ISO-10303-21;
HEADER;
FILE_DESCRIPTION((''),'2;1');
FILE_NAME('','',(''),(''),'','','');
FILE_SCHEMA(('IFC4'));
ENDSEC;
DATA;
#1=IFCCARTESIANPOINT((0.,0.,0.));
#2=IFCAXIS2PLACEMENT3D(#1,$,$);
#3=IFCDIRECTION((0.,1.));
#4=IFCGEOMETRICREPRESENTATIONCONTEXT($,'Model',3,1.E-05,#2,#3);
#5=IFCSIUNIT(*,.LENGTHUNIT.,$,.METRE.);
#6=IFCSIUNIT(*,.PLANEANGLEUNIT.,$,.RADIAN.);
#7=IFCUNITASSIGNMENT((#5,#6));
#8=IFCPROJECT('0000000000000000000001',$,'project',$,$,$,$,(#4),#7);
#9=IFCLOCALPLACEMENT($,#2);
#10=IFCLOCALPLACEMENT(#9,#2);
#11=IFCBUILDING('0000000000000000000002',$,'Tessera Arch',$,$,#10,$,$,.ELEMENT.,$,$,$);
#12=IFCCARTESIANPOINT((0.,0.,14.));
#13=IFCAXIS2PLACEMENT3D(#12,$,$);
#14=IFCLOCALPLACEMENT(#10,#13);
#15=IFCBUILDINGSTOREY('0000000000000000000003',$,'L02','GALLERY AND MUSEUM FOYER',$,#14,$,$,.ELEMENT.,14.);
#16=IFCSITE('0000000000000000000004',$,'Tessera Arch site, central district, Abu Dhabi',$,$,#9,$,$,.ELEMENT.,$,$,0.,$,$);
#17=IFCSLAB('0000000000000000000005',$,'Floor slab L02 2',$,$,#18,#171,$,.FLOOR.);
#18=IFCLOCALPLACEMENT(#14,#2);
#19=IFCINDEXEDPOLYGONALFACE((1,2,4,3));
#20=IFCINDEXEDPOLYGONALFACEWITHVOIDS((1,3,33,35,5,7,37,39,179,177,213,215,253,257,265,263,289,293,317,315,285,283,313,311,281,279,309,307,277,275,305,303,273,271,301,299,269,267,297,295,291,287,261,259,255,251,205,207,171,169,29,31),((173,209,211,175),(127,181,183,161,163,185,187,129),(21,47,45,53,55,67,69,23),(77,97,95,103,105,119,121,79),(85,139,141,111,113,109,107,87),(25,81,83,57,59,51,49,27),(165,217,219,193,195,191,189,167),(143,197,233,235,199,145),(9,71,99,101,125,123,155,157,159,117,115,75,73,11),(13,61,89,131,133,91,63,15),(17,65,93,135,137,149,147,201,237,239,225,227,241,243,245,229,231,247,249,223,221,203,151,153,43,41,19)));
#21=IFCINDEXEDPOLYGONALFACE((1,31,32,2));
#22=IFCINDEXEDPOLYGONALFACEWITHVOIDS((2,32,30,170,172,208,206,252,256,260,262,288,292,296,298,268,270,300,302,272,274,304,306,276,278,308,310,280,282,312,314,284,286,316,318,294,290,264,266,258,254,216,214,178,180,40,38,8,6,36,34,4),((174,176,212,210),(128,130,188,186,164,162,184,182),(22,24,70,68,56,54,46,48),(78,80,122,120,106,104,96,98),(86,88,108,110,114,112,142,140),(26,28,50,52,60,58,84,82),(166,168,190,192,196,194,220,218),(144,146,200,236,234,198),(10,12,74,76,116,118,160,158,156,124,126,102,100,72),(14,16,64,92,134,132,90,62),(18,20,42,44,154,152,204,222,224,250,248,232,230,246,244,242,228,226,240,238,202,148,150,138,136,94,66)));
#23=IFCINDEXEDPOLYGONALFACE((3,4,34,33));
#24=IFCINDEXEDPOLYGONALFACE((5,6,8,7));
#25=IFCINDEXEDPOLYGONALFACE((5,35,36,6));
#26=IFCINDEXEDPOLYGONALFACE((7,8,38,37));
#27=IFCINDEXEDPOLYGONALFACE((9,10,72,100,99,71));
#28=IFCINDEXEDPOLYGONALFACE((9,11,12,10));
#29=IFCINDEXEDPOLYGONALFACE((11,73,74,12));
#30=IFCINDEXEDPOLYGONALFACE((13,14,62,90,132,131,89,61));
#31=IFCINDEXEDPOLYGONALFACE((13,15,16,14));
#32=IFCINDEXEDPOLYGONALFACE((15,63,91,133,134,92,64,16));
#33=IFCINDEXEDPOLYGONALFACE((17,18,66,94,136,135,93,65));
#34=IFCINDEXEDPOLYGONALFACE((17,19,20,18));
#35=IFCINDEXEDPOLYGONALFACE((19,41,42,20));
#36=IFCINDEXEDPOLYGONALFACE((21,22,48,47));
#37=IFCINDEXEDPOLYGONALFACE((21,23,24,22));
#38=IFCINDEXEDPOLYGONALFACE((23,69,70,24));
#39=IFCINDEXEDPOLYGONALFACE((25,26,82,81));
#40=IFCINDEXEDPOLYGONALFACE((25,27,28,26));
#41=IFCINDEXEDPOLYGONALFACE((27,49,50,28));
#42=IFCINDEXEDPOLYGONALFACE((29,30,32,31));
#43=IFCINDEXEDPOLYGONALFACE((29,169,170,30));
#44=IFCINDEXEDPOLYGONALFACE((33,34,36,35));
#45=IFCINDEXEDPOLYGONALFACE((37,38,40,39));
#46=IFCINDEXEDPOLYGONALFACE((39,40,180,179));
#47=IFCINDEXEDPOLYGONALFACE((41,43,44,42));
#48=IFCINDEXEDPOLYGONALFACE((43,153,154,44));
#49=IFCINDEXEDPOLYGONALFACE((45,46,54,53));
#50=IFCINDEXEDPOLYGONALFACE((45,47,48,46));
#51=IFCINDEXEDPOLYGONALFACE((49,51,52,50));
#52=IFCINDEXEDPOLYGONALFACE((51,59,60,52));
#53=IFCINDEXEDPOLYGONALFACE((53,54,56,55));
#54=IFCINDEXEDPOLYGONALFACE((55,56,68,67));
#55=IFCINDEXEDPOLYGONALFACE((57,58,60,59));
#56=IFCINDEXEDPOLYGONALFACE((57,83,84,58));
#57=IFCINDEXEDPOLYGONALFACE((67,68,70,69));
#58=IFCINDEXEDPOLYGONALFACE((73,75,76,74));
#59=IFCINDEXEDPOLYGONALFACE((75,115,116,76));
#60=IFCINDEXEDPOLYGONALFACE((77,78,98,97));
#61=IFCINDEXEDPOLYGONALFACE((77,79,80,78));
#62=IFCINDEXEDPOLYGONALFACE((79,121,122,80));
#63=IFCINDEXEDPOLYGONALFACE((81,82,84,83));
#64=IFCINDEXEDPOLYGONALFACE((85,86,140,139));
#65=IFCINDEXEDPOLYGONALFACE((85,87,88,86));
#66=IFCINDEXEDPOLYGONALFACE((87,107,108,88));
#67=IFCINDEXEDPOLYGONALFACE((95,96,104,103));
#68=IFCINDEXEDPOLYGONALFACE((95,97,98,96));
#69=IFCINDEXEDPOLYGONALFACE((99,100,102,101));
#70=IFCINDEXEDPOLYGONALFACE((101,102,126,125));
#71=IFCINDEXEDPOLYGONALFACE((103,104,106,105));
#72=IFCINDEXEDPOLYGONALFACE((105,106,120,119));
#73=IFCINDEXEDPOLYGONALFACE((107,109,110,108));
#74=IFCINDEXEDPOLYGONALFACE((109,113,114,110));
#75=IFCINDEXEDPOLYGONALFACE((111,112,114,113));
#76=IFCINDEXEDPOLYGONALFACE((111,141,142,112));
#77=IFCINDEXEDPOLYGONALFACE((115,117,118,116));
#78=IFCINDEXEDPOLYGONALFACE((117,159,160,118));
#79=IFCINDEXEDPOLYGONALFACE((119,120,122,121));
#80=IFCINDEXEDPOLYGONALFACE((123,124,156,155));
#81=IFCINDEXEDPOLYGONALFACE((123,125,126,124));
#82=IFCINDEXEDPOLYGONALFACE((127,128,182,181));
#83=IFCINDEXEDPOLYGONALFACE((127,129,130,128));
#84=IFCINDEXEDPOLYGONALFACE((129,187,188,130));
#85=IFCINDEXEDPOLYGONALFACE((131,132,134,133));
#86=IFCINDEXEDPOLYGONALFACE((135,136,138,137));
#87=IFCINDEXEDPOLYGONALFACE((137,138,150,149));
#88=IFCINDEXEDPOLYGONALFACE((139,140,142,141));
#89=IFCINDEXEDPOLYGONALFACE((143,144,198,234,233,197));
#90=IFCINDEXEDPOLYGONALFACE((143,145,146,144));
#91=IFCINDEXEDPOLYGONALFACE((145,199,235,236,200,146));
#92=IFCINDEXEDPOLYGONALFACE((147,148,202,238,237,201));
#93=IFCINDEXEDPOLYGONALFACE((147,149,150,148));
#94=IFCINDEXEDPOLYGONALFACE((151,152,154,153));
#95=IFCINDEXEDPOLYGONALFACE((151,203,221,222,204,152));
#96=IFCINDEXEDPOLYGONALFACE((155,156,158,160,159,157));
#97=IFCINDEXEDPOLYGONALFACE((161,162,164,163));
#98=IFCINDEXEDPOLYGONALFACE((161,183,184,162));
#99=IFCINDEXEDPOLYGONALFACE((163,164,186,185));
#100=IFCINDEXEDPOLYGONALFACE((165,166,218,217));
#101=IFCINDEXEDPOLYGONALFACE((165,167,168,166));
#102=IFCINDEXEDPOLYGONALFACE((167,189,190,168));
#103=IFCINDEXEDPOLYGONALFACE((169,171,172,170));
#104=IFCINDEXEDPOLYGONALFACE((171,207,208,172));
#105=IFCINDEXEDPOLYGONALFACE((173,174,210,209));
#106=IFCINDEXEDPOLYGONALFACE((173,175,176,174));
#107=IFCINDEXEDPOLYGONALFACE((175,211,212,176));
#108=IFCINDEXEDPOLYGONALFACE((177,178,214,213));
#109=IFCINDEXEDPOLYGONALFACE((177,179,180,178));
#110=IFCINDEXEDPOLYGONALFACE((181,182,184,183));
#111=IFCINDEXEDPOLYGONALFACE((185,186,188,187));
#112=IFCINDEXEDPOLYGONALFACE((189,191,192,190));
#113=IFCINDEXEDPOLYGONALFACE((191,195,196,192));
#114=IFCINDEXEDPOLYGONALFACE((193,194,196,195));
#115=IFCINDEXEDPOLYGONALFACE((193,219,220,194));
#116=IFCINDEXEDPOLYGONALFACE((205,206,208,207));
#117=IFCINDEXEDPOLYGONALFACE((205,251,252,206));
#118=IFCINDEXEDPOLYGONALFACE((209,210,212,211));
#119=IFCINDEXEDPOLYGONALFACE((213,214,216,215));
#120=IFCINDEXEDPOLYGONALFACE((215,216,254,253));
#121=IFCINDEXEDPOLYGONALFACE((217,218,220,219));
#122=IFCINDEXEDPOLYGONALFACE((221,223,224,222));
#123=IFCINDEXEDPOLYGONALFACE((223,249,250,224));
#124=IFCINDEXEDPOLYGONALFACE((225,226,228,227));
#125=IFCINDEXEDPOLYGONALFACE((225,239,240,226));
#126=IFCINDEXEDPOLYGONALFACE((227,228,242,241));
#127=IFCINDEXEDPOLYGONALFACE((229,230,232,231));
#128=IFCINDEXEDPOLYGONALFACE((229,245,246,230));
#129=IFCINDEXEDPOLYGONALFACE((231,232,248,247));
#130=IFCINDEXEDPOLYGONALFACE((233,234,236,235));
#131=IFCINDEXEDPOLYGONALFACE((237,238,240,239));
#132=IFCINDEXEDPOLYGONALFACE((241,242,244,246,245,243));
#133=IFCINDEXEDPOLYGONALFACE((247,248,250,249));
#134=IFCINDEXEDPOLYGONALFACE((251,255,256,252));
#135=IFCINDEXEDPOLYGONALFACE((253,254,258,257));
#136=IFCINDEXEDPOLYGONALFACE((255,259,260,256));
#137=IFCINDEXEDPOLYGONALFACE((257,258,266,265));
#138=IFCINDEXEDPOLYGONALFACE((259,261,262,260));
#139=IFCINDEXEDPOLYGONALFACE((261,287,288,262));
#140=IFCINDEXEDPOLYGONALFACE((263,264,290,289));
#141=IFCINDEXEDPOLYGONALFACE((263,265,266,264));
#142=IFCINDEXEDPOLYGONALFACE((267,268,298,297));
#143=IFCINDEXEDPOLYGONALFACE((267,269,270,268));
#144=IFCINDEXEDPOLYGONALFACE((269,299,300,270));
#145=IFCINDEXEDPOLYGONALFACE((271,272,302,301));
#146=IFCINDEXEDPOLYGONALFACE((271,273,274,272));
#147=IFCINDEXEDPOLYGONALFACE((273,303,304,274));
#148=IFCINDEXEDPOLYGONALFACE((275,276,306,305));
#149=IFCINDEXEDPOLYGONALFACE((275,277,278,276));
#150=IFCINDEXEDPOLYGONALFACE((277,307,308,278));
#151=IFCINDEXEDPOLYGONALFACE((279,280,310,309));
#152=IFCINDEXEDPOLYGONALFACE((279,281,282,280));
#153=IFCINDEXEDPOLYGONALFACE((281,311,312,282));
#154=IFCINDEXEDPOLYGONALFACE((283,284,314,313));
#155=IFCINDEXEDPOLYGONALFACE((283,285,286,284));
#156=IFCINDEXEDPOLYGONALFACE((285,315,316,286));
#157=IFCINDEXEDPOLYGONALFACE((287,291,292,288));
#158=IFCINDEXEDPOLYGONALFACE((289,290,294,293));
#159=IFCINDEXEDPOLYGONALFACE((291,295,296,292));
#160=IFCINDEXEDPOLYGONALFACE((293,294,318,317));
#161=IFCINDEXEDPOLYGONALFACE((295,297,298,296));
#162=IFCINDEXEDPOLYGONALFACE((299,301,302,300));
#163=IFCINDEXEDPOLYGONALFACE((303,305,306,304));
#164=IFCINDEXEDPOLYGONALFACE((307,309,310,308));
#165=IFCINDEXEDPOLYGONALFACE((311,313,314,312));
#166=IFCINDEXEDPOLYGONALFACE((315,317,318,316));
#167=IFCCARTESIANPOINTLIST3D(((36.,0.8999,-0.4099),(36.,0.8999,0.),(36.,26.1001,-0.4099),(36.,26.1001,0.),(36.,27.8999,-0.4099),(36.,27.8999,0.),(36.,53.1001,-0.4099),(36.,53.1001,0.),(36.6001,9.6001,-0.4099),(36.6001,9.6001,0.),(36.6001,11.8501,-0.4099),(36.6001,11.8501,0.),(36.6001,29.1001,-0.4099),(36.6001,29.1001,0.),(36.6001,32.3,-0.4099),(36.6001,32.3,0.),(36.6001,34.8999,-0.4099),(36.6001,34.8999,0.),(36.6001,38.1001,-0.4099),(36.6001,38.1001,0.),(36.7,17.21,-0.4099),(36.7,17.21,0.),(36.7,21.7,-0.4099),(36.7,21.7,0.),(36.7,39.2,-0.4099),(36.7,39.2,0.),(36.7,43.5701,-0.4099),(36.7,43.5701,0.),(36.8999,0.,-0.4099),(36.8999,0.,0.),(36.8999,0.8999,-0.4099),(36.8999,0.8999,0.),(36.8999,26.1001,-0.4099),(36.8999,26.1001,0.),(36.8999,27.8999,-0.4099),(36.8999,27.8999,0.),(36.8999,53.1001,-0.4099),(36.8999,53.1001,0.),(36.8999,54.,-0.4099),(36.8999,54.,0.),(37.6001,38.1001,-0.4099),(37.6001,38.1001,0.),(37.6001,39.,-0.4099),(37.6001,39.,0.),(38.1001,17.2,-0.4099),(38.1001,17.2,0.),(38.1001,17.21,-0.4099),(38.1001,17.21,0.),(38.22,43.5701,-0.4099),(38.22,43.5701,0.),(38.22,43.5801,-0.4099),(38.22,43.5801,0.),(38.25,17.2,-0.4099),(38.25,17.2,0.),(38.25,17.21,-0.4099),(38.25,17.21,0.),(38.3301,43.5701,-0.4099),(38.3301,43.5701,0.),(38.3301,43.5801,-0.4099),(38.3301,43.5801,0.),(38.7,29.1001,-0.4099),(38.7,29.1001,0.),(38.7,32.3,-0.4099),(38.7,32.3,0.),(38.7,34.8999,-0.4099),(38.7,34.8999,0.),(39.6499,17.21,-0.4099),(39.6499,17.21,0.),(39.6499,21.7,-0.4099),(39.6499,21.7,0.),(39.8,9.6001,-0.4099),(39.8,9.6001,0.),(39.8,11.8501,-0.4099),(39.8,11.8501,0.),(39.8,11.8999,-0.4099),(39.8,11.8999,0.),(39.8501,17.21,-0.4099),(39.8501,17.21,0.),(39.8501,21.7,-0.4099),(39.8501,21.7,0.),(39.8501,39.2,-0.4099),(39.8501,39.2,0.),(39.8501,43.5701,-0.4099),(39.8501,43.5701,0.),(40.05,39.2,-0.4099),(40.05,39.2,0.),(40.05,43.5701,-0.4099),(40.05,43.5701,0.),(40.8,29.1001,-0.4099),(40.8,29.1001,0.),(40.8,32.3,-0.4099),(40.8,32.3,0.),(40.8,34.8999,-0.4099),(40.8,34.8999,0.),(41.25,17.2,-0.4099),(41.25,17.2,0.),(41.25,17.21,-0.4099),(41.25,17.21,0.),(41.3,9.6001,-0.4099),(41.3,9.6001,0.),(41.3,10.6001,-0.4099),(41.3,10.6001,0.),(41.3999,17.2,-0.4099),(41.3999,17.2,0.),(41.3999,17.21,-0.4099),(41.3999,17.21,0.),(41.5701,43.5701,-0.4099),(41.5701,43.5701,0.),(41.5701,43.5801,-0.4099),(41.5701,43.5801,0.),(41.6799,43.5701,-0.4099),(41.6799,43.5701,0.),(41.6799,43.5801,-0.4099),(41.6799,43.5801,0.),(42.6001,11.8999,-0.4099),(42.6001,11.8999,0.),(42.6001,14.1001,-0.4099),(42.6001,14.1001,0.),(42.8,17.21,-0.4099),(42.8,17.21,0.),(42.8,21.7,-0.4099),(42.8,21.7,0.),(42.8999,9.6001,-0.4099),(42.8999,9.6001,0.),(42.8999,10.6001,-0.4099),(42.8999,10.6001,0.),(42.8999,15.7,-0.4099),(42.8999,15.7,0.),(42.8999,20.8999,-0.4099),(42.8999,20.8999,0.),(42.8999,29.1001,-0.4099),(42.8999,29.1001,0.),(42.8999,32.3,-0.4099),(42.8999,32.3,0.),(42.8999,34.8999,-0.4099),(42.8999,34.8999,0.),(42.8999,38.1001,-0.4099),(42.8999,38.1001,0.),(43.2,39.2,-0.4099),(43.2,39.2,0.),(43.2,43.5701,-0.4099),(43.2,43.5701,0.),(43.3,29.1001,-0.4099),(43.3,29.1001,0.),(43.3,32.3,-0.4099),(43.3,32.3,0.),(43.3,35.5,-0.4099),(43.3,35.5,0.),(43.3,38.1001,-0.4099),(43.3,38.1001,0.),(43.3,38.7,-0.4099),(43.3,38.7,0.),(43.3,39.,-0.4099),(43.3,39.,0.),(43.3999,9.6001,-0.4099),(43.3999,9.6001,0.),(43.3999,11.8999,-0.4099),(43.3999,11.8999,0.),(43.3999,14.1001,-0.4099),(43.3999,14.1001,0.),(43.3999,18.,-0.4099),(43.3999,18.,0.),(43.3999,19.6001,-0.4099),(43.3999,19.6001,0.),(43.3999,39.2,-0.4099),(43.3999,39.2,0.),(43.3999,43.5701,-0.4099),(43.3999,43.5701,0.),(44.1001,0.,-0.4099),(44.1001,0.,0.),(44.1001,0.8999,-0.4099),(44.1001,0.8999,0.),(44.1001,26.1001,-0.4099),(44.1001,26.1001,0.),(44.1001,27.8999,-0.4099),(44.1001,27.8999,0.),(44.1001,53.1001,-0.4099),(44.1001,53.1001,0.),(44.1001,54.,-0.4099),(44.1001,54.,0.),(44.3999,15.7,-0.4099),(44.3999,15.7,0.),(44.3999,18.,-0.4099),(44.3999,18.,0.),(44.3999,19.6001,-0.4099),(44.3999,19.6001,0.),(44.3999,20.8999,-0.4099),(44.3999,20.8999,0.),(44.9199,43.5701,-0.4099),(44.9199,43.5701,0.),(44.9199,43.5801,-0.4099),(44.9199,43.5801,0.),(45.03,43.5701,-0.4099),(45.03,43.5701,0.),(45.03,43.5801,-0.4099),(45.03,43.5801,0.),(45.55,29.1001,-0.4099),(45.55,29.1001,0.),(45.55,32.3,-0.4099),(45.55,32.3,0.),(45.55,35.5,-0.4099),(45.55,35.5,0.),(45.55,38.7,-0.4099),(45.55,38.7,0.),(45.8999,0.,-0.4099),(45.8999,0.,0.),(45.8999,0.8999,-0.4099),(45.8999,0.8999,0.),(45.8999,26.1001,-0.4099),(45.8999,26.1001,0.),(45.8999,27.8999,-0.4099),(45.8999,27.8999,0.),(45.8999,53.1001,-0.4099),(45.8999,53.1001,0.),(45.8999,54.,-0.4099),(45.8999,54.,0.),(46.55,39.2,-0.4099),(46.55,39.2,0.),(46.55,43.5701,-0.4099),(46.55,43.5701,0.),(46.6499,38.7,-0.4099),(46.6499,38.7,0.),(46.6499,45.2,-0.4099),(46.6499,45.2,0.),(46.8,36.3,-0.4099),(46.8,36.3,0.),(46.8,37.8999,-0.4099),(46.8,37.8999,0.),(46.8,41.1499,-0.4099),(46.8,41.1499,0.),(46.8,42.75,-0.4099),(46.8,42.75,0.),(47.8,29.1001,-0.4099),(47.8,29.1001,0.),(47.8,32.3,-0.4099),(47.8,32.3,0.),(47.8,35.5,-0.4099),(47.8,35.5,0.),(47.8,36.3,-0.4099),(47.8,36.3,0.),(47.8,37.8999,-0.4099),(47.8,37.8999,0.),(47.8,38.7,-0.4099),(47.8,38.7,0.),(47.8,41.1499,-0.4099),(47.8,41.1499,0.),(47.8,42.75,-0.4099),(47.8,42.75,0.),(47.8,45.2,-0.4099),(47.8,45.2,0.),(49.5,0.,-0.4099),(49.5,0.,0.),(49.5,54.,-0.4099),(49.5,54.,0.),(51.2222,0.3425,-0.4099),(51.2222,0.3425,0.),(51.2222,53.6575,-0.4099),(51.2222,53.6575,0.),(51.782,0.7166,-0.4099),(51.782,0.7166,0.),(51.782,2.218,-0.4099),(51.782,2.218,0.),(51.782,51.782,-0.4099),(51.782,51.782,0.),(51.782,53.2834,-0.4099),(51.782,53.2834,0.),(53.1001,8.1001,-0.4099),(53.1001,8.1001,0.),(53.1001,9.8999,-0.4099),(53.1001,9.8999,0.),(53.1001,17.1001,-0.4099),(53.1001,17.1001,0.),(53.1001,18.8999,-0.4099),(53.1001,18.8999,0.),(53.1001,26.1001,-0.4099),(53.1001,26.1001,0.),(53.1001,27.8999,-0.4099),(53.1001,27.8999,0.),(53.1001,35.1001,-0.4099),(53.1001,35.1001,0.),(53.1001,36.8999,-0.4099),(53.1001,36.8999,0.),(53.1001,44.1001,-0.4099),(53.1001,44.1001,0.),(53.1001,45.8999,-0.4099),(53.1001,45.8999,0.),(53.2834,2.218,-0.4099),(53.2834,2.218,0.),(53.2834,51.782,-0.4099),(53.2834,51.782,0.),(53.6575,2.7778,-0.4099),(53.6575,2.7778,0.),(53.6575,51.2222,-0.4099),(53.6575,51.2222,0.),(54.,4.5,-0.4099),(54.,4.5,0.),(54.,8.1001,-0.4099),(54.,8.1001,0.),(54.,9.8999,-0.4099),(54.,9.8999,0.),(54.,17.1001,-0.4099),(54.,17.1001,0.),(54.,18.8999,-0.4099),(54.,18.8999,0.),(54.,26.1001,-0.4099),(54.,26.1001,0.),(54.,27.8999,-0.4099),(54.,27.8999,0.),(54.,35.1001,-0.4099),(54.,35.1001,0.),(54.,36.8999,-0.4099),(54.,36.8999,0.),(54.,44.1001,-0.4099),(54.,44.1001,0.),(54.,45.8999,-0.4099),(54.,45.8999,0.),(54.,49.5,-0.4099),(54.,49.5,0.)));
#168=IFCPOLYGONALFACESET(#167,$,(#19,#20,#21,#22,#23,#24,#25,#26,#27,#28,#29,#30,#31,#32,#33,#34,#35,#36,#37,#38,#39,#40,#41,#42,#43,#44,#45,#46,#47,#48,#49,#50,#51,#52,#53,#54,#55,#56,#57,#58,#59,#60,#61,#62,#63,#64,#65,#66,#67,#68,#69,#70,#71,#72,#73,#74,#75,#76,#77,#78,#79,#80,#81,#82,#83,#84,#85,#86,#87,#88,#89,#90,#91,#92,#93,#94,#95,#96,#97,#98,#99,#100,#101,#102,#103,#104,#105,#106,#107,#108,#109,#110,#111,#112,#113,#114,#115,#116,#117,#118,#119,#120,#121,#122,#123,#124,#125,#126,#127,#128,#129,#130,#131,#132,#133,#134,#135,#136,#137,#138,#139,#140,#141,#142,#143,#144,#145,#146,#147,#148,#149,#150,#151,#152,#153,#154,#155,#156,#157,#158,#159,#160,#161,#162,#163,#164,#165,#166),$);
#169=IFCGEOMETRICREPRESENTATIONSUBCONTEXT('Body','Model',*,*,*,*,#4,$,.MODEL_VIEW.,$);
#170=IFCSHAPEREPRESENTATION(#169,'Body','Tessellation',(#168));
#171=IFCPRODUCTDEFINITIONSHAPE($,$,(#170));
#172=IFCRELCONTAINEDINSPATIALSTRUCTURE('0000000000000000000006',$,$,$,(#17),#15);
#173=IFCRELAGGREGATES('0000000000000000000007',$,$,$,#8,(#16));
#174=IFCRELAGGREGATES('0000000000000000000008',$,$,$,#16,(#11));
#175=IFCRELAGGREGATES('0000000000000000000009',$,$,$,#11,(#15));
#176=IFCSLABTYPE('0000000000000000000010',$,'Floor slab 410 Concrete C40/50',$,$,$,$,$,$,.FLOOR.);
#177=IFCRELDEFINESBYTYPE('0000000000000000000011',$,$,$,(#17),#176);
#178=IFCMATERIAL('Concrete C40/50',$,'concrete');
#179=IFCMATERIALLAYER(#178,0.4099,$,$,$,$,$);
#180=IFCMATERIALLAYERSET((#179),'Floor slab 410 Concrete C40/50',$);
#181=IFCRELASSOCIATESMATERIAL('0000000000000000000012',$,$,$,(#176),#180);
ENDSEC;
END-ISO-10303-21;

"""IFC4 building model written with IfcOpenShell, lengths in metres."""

from ifc_helpers import new_model, si_unit, direction, frame, origin, place, context, subcontext, project, spatial, polyline, outline, extrude, material, layer, layer_set, type_object, element, save


model = new_model("IFC4")

# Units and contexts
model_context = context("Model", 3, precision=1e-05, world=origin(), true_north=direction((0.0, 1.0)))
body_context = subcontext(model_context, "Body", "Model", "MODEL_VIEW")
ifc_project = project(units=[si_unit("LENGTHUNIT", "METRE"), si_unit("PLANEANGLEUNIT", "RADIAN")], contexts=[model_context])

# Site, building, storey
site_placement = place(None, origin())
site = spatial("IfcSite", under=ifc_project, at=site_placement, Name="Tessera Arch site, central district, Abu Dhabi", CompositionType="ELEMENT", RefElevation=0.0)
building_placement = place(site_placement, origin())
building = spatial("IfcBuilding", under=site, at=building_placement, Name="Tessera Arch", CompositionType="ELEMENT")
storey_placement = place(building_placement, frame((0.0, 0.0, 14.0)))
storey = spatial("IfcBuildingStorey", under=building, at=storey_placement, Name="L02", Description="GALLERY AND MUSEUM FOYER", CompositionType="ELEMENT", Elevation=14.0)

# Slab
ifc_material_1 = material(Name="Concrete C40/50", Category="concrete")
ifc_layer_1 = layer(ifc_material_1, 0.4099)
ifc_layer_set_1 = layer_set([ifc_layer_1], Name="Floor slab 410 Concrete C40/50")
slab_type_1 = type_object("IfcSlabType", Name="Floor slab 410 Concrete C40/50", PredefinedType="FLOOR", material=ifc_layer_set_1)
slab_1_placement = place(storey_placement, frame((0.0, 0.0, -0.4099)))
element("IfcSlab", 1, at=slab_1_placement, inside=storey, type_object=slab_type_1, Name="Floor slab L02 2", PredefinedType="FLOOR", context=body_context, shape_type="SweptSolid", body=[
    extrude(outline(polyline([(53.2834, 2.218), (51.782, 2.218), (51.782, 0.7166), (51.2222, 0.3425), (49.5, 0.0), (45.8999, 0.0), (45.8999, 0.8999), (44.1001, 0.8999), (44.1001, 0.0), (36.8999, 0.0), (36.8999, 0.8999), (36.0, 0.8999), (36.0, 26.1001), (36.8999, 26.1001), (36.8999, 27.8999), (36.0, 27.8999), (36.0, 53.1001), (36.8999, 53.1001), (36.8999, 54.0), (44.1001, 54.0), (44.1001, 53.1001), (45.8999, 53.1001), (45.8999, 54.0), (49.5, 54.0), (51.2222, 53.6575), (51.782, 53.2834), (51.782, 51.782), (53.2834, 51.782), (53.6575, 51.2222), (54.0, 49.5), (54.0, 45.8999), (53.1001, 45.8999), (53.1001, 44.1001), (54.0, 44.1001), (54.0, 36.8999), (53.1001, 36.8999), (53.1001, 35.1001), (54.0, 35.1001), (54.0, 27.8999), (53.1001, 27.8999), (53.1001, 26.1001), (54.0, 26.1001), (54.0, 18.8999), (53.1001, 18.8999), (53.1001, 17.1001), (54.0, 17.1001), (54.0, 9.8999), (53.1001, 9.8999), (53.1001, 8.1001), (54.0, 8.1001), (54.0, 4.5), (53.6575, 2.7778), (53.2834, 2.218)]), holes=[polyline([(38.1001, 17.2), (38.25, 17.2), (38.25, 17.21), (39.6499, 17.21), (39.6499, 21.7), (36.7, 21.7), (36.7, 17.21), (38.1001, 17.21), (38.1001, 17.2)]), polyline([(38.7, 29.1001), (40.8, 29.1001), (42.8999, 29.1001), (42.8999, 32.3), (40.8, 32.3), (38.7, 32.3), (36.6001, 32.3), (36.6001, 29.1001), (38.7, 29.1001)]), polyline([(36.6001, 38.1001), (36.6001, 34.8999), (38.7, 34.8999), (40.8, 34.8999), (42.8999, 34.8999), (42.8999, 38.1001), (43.3, 38.1001), (43.3, 35.5), (45.55, 35.5), (47.8, 35.5), (47.8, 36.3), (46.8, 36.3), (46.8, 37.8999), (47.8, 37.8999), (47.8, 38.7), (47.8, 41.1499), (46.8, 41.1499), (46.8, 42.75), (47.8, 42.75), (47.8, 45.2), (46.6499, 45.2), (46.6499, 38.7), (45.55, 38.7), (43.3, 38.7), (43.3, 39.0), (37.6001, 39.0), (37.6001, 38.1001), (36.6001, 38.1001)]), polyline([(39.8, 11.8999), (39.8, 11.8501), (36.6001, 11.8501), (36.6001, 9.6001), (39.8, 9.6001), (41.3, 9.6001), (41.3, 10.6001), (42.8999, 10.6001), (42.8999, 9.6001), (43.3999, 9.6001), (43.3999, 11.8999), (43.3999, 14.1001), (42.6001, 14.1001), (42.6001, 11.8999), (39.8, 11.8999)]), polyline([(42.8999, 15.7), (44.3999, 15.7), (44.3999, 18.0), (43.3999, 18.0), (43.3999, 19.6001), (44.3999, 19.6001), (44.3999, 20.8999), (42.8999, 20.8999), (42.8999, 15.7)]), polyline([(41.25, 17.2), (41.3999, 17.2), (41.3999, 17.21), (42.8, 17.21), (42.8, 21.7), (39.8501, 21.7), (39.8501, 17.21), (41.25, 17.21), (41.25, 17.2)]), polyline([(44.1001, 27.8999), (44.1001, 26.1001), (45.8999, 26.1001), (45.8999, 27.8999), (44.1001, 27.8999)]), polyline([(45.55, 29.1001), (47.8, 29.1001), (47.8, 32.3), (45.55, 32.3), (43.3, 32.3), (43.3, 29.1001), (45.55, 29.1001)]), polyline([(38.3301, 43.5701), (38.3301, 43.5801), (38.22, 43.5801), (38.22, 43.5701), (36.7, 43.5701), (36.7, 39.2), (39.8501, 39.2), (39.8501, 43.5701), (38.3301, 43.5701)]), polyline([(45.03, 43.5801), (44.9199, 43.5801), (44.9199, 43.5701), (43.3999, 43.5701), (43.3999, 39.2), (46.55, 39.2), (46.55, 43.5701), (45.03, 43.5701), (45.03, 43.5801)]), polyline([(41.6799, 43.5701), (41.6799, 43.5801), (41.5701, 43.5801), (41.5701, 43.5701), (40.05, 43.5701), (40.05, 39.2), (43.2, 39.2), (43.2, 43.5701), (41.6799, 43.5701)])]), origin(), (0.0, 0.0, 1.0), 0.4099),
])

save(model, "model.ifc")
